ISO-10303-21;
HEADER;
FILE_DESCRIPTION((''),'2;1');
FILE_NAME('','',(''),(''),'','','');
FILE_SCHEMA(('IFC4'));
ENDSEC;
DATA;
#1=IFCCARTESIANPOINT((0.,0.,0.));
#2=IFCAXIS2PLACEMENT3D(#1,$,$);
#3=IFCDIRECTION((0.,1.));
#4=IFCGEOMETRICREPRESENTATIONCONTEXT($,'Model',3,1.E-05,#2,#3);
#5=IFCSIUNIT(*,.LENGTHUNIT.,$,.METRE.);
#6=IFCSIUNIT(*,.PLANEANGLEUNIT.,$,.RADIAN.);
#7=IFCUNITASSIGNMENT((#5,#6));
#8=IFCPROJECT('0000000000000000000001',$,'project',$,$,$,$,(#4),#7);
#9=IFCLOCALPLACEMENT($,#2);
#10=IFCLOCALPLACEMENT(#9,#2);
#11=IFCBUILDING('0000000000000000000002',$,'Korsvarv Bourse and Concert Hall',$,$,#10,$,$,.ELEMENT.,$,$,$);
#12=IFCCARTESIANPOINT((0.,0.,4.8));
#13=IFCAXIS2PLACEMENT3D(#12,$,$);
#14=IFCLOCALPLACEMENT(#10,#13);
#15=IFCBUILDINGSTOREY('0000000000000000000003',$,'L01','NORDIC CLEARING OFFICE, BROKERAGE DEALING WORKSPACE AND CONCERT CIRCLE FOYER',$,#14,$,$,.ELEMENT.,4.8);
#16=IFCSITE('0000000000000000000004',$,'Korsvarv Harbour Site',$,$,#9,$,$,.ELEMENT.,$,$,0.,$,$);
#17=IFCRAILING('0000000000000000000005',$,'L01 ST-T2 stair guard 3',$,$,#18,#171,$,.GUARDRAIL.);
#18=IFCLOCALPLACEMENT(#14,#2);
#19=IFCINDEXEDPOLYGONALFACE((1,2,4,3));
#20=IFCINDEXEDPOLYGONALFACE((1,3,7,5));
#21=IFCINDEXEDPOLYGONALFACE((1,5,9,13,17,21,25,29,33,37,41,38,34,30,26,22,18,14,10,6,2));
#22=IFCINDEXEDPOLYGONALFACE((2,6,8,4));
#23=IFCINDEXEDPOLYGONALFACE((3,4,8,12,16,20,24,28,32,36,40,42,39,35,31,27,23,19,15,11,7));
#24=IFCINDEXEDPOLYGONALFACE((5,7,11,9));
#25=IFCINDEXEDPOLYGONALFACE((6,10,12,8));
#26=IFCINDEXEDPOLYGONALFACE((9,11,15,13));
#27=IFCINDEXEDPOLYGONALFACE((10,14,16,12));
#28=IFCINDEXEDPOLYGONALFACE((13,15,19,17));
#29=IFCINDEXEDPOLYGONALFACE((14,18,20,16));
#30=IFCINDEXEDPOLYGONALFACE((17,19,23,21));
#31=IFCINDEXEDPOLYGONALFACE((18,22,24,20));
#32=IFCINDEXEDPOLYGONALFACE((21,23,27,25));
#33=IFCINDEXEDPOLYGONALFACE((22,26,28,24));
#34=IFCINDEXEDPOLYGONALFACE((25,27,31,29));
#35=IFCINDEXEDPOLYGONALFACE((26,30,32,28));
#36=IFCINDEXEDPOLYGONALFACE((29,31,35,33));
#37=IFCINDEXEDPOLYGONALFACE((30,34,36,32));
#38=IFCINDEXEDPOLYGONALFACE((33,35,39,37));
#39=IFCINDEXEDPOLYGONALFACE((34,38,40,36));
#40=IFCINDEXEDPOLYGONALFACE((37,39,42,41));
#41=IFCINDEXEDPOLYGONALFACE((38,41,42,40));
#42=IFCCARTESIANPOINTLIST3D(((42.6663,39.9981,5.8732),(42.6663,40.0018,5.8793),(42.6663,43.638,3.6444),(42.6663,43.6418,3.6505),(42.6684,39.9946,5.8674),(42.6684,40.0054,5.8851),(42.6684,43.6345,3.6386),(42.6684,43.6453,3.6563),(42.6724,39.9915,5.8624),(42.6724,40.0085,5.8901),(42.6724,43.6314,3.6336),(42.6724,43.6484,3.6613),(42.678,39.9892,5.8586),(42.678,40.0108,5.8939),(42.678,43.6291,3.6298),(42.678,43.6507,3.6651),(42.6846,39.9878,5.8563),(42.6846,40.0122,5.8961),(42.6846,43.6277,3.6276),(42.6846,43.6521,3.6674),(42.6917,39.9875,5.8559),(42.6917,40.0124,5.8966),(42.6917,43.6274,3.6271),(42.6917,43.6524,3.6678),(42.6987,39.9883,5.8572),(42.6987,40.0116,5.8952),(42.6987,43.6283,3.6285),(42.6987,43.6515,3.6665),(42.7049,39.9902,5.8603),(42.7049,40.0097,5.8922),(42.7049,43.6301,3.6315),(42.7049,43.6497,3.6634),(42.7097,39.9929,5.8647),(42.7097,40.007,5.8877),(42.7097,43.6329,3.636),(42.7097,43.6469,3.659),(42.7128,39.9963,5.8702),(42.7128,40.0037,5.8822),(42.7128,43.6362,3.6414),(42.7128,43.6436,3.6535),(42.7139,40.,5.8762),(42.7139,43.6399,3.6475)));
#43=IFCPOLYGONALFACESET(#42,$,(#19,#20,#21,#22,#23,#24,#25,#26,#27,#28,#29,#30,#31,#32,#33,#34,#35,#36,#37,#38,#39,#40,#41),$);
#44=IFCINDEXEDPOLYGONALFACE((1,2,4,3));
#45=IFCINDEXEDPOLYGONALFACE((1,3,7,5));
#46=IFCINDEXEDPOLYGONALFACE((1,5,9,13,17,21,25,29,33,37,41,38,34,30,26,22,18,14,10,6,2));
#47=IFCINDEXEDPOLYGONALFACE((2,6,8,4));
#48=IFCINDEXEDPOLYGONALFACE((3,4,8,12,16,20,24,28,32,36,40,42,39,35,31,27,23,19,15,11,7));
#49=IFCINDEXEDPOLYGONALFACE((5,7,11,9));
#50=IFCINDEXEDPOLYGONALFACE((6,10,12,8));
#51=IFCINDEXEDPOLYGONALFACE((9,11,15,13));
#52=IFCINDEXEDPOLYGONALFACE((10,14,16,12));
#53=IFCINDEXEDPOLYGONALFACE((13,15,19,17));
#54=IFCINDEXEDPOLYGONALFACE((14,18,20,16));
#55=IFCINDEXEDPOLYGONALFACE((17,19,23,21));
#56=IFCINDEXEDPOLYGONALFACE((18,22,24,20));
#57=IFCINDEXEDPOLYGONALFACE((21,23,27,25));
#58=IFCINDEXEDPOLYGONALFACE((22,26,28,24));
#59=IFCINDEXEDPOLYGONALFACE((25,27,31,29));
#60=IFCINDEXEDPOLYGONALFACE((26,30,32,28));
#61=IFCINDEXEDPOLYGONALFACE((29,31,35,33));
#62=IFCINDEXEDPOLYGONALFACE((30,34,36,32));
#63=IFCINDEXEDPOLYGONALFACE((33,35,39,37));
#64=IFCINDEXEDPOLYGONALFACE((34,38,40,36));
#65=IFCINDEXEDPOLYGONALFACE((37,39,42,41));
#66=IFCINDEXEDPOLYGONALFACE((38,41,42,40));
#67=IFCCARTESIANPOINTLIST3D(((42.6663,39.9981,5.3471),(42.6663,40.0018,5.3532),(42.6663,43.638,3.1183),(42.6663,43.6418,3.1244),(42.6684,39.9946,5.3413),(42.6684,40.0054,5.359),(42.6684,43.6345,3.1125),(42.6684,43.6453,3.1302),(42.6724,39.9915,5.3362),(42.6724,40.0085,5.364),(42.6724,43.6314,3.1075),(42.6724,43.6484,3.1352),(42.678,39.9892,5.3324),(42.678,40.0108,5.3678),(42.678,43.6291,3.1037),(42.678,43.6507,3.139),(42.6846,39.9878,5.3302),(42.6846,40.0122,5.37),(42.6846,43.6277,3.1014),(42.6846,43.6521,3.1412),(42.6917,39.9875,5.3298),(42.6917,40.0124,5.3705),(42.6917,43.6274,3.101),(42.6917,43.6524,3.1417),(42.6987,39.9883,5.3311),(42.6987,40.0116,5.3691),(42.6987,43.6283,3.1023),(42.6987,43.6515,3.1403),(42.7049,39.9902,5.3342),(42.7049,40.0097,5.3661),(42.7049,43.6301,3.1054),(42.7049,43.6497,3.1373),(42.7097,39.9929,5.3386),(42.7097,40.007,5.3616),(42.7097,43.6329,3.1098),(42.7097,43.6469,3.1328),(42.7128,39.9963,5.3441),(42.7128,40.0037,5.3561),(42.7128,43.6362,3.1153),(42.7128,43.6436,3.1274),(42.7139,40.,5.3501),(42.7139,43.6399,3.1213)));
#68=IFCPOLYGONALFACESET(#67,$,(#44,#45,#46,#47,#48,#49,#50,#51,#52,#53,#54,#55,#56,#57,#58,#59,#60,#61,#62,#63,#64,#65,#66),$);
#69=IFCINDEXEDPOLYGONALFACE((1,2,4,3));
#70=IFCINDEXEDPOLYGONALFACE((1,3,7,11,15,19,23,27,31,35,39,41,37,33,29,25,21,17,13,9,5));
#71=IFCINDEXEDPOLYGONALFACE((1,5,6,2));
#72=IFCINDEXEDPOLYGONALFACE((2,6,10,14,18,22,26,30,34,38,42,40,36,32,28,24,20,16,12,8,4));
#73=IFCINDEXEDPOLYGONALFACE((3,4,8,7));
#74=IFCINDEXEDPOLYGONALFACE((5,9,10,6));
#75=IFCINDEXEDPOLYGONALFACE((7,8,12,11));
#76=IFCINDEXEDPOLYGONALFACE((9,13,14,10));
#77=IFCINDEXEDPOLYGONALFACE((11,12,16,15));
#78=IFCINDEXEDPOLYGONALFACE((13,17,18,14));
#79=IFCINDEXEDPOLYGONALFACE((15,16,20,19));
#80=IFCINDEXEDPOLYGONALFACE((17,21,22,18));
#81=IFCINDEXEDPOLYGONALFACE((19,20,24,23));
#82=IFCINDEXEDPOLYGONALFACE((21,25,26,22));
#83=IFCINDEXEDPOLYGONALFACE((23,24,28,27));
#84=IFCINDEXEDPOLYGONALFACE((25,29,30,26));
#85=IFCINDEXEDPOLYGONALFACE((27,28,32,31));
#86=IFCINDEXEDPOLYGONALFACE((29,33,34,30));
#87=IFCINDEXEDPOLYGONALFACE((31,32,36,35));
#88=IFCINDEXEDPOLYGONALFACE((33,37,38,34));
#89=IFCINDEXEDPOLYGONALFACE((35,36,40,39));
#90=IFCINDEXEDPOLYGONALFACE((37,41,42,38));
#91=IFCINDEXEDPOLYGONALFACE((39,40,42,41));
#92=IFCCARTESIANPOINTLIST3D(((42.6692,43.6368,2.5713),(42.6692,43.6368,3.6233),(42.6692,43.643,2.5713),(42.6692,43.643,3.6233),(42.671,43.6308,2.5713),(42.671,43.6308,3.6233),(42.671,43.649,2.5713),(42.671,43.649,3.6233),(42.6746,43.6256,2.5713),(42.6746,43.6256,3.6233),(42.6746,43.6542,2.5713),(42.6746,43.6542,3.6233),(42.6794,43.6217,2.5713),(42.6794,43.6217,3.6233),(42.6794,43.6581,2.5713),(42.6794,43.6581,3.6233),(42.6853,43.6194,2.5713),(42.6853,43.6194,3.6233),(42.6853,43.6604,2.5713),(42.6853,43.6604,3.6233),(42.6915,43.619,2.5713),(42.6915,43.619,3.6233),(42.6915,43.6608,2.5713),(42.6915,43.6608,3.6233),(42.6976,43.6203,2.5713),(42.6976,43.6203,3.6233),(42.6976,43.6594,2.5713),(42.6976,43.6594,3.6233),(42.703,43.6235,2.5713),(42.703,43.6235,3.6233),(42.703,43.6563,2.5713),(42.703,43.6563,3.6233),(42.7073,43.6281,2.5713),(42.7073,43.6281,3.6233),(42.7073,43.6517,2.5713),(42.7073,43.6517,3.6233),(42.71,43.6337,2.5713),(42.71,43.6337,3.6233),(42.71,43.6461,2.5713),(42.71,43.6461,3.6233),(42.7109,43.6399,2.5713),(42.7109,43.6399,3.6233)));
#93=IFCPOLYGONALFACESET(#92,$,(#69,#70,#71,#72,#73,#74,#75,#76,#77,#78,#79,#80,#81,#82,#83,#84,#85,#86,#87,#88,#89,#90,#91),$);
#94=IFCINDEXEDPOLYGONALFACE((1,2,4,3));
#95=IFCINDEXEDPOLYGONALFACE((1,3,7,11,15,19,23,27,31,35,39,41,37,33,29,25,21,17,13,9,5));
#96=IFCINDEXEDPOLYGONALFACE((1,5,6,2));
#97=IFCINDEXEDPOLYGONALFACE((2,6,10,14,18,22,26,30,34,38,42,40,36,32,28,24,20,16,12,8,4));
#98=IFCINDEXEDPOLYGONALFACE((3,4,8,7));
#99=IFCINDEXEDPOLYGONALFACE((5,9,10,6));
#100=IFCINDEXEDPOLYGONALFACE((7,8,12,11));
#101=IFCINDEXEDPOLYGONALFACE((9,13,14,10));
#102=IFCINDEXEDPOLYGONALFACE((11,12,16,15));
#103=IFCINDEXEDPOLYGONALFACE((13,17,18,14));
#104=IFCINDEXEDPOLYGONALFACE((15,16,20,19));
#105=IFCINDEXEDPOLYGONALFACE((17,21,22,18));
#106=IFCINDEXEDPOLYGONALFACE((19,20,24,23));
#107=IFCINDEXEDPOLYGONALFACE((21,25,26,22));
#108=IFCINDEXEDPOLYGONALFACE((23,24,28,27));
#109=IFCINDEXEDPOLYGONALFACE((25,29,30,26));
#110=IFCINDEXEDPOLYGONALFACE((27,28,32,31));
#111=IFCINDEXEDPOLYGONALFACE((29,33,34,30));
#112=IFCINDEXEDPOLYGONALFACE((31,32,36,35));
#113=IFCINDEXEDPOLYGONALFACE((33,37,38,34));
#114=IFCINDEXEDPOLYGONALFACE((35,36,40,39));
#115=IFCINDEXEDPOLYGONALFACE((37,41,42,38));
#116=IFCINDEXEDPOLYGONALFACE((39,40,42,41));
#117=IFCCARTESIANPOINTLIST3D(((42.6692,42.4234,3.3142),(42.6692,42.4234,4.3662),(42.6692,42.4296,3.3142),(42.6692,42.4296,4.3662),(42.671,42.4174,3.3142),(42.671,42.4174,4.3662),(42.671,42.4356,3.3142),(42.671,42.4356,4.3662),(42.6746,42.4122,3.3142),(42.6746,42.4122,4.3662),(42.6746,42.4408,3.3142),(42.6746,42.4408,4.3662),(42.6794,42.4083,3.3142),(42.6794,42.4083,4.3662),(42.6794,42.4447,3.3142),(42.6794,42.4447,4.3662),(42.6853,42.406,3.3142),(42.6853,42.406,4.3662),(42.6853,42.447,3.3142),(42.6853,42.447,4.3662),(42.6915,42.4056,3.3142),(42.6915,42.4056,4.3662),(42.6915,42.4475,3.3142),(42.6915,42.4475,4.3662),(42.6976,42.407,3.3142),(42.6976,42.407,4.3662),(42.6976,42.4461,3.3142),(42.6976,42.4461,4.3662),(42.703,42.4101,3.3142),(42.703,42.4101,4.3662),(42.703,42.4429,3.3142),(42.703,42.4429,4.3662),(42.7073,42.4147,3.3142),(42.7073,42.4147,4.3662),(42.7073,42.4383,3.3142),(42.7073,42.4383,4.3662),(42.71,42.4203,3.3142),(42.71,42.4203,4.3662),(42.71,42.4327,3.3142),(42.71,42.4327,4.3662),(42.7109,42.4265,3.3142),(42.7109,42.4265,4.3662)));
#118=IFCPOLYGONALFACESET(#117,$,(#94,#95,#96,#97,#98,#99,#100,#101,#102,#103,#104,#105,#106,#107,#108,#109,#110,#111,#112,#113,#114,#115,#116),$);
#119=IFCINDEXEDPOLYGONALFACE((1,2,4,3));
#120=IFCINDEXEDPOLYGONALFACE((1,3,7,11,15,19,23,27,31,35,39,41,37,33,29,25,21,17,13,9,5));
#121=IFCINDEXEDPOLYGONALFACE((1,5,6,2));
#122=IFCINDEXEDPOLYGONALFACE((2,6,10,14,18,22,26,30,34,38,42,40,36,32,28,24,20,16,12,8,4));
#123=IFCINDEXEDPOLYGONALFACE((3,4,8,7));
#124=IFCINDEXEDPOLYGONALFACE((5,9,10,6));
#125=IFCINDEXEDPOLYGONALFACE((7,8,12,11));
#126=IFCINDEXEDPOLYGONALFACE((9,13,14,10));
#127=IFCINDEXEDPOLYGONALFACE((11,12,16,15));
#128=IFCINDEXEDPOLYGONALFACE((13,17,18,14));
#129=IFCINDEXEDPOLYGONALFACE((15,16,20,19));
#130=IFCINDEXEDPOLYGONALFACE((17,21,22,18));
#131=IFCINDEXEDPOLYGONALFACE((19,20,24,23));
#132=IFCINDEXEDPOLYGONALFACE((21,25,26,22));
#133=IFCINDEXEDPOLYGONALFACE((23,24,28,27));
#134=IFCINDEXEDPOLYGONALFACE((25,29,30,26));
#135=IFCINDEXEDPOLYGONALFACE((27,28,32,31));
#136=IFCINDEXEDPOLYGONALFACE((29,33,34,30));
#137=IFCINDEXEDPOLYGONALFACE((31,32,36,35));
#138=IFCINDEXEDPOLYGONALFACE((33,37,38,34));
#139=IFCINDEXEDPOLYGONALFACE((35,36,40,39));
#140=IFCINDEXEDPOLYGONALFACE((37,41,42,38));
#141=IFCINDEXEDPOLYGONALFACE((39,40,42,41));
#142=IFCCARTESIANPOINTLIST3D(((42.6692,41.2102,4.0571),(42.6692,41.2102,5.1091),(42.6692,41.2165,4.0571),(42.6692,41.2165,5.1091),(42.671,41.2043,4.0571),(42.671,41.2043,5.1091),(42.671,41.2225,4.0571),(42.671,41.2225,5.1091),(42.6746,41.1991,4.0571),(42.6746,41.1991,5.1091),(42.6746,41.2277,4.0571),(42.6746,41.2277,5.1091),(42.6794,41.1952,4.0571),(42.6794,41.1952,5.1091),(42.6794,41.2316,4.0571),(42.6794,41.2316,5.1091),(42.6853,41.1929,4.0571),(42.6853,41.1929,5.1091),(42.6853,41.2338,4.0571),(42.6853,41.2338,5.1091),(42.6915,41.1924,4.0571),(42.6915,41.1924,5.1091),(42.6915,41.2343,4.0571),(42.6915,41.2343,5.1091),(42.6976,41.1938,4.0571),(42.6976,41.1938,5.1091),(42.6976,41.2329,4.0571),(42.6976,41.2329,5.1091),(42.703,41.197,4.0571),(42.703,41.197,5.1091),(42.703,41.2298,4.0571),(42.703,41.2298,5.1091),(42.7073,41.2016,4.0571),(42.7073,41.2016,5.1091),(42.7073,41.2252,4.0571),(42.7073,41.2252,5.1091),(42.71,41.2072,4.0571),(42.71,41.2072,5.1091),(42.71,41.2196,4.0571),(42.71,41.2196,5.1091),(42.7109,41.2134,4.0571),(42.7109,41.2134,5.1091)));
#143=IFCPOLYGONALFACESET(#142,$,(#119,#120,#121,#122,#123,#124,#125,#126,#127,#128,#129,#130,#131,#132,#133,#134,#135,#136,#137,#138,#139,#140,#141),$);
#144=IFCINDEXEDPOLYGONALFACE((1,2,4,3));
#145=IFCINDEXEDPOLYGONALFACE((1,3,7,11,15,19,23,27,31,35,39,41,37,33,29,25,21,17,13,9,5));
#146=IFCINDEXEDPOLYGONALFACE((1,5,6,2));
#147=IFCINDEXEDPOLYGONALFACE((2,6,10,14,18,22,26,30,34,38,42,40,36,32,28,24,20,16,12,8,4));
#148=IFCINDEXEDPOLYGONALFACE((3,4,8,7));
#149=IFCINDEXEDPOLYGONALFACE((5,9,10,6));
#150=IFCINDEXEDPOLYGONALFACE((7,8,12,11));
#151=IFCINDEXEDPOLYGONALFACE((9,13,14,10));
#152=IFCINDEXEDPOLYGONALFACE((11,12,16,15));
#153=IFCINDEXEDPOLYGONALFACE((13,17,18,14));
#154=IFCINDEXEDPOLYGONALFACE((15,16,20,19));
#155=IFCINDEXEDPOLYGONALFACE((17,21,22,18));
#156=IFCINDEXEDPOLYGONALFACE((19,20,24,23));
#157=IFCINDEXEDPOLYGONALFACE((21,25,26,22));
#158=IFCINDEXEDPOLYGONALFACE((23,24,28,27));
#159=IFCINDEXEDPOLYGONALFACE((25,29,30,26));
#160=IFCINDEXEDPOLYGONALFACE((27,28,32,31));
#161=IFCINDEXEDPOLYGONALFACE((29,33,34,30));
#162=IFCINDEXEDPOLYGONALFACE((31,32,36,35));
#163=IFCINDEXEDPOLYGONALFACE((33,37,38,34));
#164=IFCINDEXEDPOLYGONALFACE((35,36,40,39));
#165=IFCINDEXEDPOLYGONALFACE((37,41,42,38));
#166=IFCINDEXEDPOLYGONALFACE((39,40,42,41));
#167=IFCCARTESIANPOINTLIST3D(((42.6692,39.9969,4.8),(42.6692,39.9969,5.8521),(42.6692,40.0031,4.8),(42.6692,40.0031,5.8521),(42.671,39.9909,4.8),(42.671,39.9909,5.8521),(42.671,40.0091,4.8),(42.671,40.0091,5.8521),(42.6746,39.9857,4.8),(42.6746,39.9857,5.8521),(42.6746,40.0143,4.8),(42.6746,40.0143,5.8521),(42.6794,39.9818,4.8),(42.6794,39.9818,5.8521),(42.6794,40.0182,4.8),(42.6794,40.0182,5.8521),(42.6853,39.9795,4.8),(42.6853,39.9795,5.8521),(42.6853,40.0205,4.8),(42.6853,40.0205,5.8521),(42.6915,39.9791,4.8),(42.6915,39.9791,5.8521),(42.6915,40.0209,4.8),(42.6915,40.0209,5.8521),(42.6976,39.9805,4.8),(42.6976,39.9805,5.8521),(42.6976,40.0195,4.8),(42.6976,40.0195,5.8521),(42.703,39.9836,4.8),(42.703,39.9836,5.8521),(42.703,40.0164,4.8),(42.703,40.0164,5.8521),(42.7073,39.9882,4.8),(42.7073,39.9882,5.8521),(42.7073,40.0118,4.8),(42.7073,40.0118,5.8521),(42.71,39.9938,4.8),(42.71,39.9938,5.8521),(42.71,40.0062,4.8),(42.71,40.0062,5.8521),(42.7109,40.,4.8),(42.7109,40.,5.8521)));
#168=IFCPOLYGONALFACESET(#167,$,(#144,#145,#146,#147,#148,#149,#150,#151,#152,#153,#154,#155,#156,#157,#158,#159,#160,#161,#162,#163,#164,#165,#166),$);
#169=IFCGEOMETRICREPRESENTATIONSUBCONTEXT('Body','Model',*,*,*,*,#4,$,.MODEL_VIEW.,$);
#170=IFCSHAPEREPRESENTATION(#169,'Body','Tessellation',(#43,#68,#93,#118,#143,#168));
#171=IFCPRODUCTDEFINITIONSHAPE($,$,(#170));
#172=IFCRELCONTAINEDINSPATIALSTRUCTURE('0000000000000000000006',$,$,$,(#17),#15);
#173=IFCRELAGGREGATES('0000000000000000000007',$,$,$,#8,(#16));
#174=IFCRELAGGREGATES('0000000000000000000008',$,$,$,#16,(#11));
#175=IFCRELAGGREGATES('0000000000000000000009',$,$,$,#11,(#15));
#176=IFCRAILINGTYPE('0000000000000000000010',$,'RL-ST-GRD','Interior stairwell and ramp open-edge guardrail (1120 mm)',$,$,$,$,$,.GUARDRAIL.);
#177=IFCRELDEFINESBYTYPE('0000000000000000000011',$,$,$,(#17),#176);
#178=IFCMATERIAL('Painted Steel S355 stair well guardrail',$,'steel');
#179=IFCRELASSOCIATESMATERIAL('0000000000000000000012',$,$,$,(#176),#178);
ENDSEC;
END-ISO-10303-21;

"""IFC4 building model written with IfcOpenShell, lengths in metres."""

from ifc_helpers import new_model, si_unit, direction, frame, origin, origin_2d, place, context, subcontext, project, spatial, circle, extrude, material, type_object, element, save


model = new_model("IFC4")

# Units and contexts
model_context = context("Model", 3, precision=1e-05, world=origin(), true_north=direction((0.0, 1.0)))
body_context = subcontext(model_context, "Body", "Model", "MODEL_VIEW")
ifc_project = project(units=[si_unit("LENGTHUNIT", "METRE"), si_unit("PLANEANGLEUNIT", "RADIAN")], contexts=[model_context])

# Site, building, storey
site_placement = place(None, origin())
site = spatial("IfcSite", under=ifc_project, at=site_placement, Name="Korsvarv Harbour Site", CompositionType="ELEMENT", RefElevation=0.0)
building_placement = place(site_placement, origin())
building = spatial("IfcBuilding", under=site, at=building_placement, Name="Korsvarv Bourse and Concert Hall", CompositionType="ELEMENT")
storey_placement = place(building_placement, frame((0.0, 0.0, 4.8)))
storey = spatial("IfcBuildingStorey", under=building, at=storey_placement, Name="L01", Description="NORDIC CLEARING OFFICE, BROKERAGE DEALING WORKSPACE AND CONCERT CIRCLE FOYER", CompositionType="ELEMENT", Elevation=4.8)

# Railing
ifc_material_1 = material(Name="Painted Steel S355 stair well guardrail", Category="steel")
railing_type_1 = type_object("IfcRailingType", Name="RL-ST-GRD", Description="Interior stairwell and ramp open-edge guardrail (1120 mm)", PredefinedType="GUARDRAIL", material=ifc_material_1)
railing_1_placement = place(storey_placement, frame((42.6899, 43.6399, 2.5713)))
element("IfcRailing", 1, at=railing_1_placement, inside=storey, type_object=railing_type_1, Name="L01 ST-T2 stair guard 3", PredefinedType="GUARDRAIL", context=body_context, shape_type="SweptSolid", body=[
    extrude(circle(Radius=0.0239, at=origin_2d()), frame((0.0, 0.0, 1.0762), z_axis=(0.0, -0.852825, 0.522197), x_axis=(1.0, 0.0, 0.0)), (0.0, 0.0, 1.0), 4.2681),
    extrude(circle(Radius=0.0239, at=origin_2d()), frame((0.0, 0.0, 0.55), z_axis=(0.0, -0.852825, 0.522197), x_axis=(1.0, 0.0, 0.0)), (0.0, 0.0, 1.0), 4.2681),
    extrude(circle(Radius=0.021, at=origin_2d()), origin(), (0.0, 0.0, 1.0), 1.052),
    extrude(circle(Radius=0.021, at=origin_2d()), frame((0.0, -1.2134, 0.7429)), (0.0, 0.0, 1.0), 1.052),
    extrude(circle(Radius=0.021, at=origin_2d()), frame((0.0, -2.4265, 1.4858)), (0.0, 0.0, 1.0), 1.052),
    extrude(circle(Radius=0.021, at=origin_2d()), frame((0.0, -3.6399, 2.2288)), (0.0, 0.0, 1.0), 1.052),
])

save(model, "model.ifc")
